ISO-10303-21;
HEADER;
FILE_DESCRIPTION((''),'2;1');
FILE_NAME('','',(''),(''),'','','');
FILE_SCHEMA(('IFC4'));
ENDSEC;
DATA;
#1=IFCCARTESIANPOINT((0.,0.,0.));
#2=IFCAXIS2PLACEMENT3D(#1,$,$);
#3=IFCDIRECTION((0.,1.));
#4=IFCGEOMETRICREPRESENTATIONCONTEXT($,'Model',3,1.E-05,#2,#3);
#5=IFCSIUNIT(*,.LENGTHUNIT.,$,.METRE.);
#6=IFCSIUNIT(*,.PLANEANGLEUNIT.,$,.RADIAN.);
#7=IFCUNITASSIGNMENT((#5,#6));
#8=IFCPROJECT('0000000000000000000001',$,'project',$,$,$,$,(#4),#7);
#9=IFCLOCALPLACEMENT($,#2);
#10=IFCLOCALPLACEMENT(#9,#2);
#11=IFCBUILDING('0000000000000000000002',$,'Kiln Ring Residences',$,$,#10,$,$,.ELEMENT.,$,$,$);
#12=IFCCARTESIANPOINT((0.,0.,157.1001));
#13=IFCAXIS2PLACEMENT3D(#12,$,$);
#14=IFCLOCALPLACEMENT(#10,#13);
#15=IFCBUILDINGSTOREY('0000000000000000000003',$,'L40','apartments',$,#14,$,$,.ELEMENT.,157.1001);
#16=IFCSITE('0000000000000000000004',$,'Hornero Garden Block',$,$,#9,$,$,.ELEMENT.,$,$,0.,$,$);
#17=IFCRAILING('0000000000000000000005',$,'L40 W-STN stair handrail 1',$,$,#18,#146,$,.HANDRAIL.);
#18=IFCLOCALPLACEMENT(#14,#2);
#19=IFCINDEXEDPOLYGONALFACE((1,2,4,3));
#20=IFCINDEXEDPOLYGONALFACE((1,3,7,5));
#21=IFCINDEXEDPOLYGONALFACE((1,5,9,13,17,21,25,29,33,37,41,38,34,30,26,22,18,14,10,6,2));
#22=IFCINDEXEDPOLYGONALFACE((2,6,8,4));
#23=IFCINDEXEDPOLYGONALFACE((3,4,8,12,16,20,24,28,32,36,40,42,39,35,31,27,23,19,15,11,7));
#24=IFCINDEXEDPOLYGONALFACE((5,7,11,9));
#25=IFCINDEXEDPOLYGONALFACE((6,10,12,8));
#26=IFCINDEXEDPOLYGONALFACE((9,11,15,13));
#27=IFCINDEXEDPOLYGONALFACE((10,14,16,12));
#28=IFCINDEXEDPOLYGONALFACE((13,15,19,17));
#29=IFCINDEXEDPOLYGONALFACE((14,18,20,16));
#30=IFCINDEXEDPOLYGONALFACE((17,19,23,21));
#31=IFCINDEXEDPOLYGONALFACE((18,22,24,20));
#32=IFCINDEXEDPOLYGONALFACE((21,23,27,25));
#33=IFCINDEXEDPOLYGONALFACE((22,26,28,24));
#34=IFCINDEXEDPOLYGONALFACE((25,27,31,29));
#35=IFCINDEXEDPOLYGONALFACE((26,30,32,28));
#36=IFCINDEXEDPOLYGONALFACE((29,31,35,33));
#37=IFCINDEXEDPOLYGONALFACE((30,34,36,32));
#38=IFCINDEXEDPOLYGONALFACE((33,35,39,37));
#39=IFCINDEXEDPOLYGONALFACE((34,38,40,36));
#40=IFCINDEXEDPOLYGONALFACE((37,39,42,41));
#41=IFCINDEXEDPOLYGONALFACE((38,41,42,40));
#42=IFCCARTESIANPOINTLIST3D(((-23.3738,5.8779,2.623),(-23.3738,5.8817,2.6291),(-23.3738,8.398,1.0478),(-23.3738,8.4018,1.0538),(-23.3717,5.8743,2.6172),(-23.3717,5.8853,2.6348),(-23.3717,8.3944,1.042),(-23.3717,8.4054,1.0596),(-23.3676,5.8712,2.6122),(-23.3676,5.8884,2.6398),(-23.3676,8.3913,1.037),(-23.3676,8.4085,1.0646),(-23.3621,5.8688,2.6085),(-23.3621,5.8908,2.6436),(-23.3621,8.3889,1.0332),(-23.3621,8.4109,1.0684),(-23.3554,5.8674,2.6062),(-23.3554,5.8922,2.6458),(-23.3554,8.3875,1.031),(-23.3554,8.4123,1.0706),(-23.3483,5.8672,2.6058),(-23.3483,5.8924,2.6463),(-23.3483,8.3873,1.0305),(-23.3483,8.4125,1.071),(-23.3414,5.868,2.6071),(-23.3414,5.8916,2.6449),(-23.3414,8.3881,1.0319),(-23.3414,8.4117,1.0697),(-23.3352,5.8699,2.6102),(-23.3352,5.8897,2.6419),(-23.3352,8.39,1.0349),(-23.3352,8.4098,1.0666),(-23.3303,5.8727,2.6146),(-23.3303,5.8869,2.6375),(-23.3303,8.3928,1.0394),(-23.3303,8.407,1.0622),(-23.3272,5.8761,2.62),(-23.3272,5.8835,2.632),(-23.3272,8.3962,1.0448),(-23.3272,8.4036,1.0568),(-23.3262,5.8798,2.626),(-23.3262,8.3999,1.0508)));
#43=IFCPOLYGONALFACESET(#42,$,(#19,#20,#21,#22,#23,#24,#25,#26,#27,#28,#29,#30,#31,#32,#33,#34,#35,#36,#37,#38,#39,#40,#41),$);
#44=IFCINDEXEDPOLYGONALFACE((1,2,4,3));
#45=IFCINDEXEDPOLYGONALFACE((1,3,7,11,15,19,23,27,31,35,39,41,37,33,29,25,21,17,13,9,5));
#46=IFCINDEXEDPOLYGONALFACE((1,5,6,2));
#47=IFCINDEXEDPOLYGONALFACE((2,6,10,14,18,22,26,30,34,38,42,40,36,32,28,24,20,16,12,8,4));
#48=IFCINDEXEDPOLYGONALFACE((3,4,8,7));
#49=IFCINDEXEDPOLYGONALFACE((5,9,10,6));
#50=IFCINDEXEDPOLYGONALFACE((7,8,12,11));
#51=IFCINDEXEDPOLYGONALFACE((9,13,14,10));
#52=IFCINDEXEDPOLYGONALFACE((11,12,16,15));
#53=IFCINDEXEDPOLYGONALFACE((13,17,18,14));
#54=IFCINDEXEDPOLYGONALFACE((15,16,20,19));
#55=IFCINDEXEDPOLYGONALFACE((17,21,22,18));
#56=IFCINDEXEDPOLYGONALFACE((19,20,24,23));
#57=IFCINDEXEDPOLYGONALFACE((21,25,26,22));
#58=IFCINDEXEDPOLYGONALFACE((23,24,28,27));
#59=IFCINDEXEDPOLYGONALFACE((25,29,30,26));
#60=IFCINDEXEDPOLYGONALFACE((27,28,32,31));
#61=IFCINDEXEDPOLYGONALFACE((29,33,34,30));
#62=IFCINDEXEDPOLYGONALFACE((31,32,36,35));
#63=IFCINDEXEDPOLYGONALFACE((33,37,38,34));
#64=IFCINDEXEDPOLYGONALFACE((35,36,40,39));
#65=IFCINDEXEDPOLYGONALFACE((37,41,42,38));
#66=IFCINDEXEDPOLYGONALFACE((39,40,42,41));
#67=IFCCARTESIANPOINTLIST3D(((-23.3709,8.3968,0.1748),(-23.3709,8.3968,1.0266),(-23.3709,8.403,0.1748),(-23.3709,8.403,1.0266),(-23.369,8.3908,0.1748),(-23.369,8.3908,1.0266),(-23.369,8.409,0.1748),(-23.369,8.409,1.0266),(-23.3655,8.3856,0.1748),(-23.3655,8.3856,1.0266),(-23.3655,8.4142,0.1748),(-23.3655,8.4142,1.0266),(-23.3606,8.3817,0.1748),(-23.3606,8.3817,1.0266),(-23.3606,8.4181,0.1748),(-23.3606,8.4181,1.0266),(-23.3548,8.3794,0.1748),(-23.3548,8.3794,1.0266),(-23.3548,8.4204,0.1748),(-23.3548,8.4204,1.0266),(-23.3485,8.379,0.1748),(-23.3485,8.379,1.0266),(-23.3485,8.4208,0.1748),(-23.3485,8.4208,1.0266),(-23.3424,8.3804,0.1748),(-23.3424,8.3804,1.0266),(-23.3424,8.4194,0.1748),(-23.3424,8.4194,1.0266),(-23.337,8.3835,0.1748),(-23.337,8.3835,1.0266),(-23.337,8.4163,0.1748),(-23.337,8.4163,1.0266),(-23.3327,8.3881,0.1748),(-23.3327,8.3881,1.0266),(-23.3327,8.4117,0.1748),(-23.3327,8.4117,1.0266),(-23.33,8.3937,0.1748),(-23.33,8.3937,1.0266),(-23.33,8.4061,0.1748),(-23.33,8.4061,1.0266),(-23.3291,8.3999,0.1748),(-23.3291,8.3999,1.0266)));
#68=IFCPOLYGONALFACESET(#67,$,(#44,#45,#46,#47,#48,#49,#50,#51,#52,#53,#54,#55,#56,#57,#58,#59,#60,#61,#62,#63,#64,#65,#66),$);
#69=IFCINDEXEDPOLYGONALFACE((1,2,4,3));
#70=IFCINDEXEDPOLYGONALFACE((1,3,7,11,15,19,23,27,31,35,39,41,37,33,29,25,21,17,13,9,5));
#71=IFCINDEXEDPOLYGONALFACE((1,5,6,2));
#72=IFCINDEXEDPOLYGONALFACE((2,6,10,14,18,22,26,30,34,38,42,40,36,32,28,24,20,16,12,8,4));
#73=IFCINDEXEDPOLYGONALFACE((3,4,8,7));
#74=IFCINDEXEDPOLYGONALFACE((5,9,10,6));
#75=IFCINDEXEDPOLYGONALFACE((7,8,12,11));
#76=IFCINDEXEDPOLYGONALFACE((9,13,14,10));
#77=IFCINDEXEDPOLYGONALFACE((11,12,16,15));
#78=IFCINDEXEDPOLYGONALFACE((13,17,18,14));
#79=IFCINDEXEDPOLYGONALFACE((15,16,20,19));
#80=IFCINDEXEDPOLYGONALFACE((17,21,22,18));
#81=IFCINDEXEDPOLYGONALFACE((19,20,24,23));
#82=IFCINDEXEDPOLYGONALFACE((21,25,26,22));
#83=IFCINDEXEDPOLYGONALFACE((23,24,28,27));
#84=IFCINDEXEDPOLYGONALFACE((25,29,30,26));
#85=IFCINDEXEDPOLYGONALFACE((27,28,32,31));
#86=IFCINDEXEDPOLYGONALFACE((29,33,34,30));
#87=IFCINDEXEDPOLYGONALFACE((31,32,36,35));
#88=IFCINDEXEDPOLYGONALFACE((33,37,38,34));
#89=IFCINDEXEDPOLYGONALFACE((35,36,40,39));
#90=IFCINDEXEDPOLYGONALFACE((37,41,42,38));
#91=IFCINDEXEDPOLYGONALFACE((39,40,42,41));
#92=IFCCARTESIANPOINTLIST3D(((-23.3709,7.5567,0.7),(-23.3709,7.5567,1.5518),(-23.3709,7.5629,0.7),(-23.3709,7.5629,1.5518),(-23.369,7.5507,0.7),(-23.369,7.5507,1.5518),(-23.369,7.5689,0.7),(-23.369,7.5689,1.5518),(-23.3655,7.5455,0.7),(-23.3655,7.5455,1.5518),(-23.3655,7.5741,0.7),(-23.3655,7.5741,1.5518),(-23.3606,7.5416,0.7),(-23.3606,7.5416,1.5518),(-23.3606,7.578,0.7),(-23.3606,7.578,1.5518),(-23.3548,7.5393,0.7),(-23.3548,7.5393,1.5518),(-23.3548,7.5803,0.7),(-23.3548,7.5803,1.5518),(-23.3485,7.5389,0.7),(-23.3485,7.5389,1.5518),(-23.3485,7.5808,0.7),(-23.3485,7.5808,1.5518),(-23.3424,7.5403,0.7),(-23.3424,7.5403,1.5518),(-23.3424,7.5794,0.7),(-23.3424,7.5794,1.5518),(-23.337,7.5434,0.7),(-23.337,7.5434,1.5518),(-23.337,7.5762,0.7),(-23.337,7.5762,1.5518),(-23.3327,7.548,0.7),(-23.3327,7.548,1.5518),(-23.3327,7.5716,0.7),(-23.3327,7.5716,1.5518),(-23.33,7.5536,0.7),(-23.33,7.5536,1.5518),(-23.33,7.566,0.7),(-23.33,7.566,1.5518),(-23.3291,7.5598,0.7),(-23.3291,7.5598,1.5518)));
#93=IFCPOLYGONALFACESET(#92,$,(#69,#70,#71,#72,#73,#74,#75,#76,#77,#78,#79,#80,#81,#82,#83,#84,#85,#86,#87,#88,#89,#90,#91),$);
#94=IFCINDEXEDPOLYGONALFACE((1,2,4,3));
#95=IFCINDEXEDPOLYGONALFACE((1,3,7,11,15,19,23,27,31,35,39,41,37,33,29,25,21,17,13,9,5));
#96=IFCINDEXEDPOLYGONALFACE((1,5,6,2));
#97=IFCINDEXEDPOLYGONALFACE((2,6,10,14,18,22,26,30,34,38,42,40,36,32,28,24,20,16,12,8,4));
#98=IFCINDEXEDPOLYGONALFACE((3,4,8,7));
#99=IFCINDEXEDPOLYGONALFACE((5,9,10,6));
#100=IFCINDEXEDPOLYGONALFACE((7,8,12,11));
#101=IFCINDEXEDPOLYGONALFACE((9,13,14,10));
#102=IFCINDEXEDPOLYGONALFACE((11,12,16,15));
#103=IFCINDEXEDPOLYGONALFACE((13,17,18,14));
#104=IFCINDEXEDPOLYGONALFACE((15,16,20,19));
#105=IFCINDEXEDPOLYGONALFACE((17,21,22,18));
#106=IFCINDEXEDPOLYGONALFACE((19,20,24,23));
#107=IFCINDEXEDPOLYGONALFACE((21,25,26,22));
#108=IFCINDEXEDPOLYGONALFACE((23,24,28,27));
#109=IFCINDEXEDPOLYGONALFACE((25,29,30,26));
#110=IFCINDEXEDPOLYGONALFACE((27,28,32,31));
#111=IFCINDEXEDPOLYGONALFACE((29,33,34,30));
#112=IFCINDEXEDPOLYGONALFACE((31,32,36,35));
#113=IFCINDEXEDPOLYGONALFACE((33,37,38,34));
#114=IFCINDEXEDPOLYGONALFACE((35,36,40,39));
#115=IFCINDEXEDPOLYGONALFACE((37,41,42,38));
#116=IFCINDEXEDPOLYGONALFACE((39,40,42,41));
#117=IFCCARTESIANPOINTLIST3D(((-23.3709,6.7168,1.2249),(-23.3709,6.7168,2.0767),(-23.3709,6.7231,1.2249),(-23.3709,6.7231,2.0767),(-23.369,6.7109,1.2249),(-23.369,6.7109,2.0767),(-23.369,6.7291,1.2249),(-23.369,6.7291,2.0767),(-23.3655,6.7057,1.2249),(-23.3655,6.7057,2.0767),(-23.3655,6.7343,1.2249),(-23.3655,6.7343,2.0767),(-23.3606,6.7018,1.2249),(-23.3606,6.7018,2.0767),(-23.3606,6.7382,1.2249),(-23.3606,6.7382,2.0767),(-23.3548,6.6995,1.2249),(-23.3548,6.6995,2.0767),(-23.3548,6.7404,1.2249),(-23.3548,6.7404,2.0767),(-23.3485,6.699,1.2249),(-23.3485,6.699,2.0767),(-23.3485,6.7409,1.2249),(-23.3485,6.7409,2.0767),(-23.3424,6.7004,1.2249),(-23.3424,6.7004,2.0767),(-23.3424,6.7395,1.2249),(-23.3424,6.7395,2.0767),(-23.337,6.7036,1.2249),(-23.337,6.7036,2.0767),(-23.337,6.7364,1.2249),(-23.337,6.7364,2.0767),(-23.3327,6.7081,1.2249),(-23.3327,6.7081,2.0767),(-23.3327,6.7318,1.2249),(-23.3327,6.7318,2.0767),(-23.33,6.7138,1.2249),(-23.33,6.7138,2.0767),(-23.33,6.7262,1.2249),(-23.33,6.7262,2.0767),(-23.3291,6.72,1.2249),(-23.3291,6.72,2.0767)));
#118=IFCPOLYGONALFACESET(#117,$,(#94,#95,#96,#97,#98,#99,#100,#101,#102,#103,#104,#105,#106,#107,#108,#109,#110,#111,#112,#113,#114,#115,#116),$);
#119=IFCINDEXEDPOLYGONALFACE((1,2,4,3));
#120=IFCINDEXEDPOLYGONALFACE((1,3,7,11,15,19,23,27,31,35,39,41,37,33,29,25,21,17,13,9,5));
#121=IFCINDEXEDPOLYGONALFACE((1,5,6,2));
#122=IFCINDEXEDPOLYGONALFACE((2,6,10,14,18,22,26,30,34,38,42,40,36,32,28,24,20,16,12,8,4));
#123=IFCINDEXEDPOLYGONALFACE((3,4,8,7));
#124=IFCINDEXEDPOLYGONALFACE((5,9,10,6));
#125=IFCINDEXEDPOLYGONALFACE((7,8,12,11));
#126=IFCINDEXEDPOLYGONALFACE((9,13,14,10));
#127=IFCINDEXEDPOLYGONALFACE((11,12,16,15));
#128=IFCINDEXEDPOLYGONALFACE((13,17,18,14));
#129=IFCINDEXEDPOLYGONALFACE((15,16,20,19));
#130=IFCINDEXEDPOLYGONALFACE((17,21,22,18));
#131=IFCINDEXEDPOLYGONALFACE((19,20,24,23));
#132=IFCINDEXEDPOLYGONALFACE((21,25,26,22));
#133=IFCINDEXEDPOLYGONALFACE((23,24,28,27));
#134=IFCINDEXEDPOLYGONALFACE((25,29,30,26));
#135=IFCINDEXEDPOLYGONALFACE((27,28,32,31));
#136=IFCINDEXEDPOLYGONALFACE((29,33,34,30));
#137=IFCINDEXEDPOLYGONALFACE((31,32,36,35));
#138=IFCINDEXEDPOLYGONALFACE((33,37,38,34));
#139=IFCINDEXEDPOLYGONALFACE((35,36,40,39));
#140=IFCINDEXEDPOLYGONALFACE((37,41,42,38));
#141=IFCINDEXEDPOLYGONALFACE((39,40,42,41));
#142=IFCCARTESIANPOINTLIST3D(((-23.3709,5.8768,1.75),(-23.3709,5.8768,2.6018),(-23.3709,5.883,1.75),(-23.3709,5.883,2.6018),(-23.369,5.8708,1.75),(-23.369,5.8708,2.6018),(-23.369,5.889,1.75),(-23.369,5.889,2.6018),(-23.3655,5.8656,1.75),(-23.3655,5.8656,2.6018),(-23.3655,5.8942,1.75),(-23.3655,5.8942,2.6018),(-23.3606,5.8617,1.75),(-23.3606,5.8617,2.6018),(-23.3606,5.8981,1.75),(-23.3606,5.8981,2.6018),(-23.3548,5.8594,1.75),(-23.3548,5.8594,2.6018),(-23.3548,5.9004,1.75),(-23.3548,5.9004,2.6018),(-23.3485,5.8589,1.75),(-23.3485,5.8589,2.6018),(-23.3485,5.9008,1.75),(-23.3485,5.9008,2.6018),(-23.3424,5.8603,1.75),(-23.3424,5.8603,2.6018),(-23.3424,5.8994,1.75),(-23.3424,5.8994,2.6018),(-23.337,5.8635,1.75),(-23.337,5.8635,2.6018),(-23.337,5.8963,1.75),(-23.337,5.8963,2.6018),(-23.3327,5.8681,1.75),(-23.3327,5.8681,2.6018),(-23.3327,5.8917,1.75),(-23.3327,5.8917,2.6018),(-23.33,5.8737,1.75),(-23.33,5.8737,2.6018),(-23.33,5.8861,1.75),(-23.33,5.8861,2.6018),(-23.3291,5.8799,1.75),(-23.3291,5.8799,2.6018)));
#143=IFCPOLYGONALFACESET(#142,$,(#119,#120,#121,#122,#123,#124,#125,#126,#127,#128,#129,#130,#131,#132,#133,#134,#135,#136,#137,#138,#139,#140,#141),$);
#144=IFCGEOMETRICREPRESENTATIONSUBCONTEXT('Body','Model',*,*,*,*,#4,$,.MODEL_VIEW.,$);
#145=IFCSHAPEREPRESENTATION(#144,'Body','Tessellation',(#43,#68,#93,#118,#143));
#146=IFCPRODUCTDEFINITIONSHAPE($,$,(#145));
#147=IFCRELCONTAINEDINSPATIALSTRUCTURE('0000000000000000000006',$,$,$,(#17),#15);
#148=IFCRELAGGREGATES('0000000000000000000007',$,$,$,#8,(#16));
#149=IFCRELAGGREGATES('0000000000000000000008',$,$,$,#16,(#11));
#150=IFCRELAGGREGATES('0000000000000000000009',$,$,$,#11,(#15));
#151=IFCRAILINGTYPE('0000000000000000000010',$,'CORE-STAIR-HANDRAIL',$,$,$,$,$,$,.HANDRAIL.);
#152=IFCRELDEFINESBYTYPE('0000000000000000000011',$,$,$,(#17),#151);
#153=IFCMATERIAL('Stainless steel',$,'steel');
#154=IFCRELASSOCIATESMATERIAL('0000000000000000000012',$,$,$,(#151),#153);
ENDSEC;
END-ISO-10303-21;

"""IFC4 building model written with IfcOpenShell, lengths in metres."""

from ifc_helpers import new_model, si_unit, direction, frame, origin, origin_2d, place, context, subcontext, project, spatial, circle, extrude, material, type_object, element, save


model = new_model("IFC4")

# Units and contexts
model_context = context("Model", 3, precision=1e-05, world=origin(), true_north=direction((0.0, 1.0)))
body_context = subcontext(model_context, "Body", "Model", "MODEL_VIEW")
ifc_project = project(units=[si_unit("LENGTHUNIT", "METRE"), si_unit("PLANEANGLEUNIT", "RADIAN")], contexts=[model_context])

# Site, building, storey
site_placement = place(None, origin())
site = spatial("IfcSite", under=ifc_project, at=site_placement, Name="Hornero Garden Block", CompositionType="ELEMENT", RefElevation=0.0)
building_placement = place(site_placement, origin())
building = spatial("IfcBuilding", under=site, at=building_placement, Name="Kiln Ring Residences", CompositionType="ELEMENT")
storey_placement = place(building_placement, frame((0.0, 0.0, 157.1001)))
storey = spatial("IfcBuildingStorey", under=building, at=storey_placement, Name="L40", Description="apartments", CompositionType="ELEMENT", Elevation=157.1001)

# Railing
ifc_material_1 = material(Name="Stainless steel", Category="steel")
railing_type_1 = type_object("IfcRailingType", Name="CORE-STAIR-HANDRAIL", PredefinedType="HANDRAIL", material=ifc_material_1)
railing_1_placement = place(storey_placement, frame((-23.3501, 8.3999, 0.1748)))
element("IfcRailing", 1, at=railing_1_placement, inside=storey, type_object=railing_type_1, Name="L40 W-STN stair handrail 1", PredefinedType="HANDRAIL", context=body_context, shape_type="SweptSolid", body=[
    extrude(circle(Radius=0.0239, at=origin_2d()), frame((0.0, 0.0, 0.876), z_axis=(0.0, -0.847971, 0.530043), x_axis=(1.0, 0.0, 0.0)), (0.0, 0.0, 1.0), 2.9719),
    extrude(circle(Radius=0.021, at=origin_2d()), origin(), (0.0, 0.0, 1.0), 0.8518),
    extrude(circle(Radius=0.021, at=origin_2d()), frame((0.0, -0.8401, 0.5251)), (0.0, 0.0, 1.0), 0.8518),
    extrude(circle(Radius=0.021, at=origin_2d()), frame((0.0, -1.6799, 1.05)), (0.0, 0.0, 1.0), 0.8518),
    extrude(circle(Radius=0.021, at=origin_2d()), frame((0.0, -2.52, 1.5752)), (0.0, 0.0, 1.0), 0.8518),
])

save(model, "model.ifc")
